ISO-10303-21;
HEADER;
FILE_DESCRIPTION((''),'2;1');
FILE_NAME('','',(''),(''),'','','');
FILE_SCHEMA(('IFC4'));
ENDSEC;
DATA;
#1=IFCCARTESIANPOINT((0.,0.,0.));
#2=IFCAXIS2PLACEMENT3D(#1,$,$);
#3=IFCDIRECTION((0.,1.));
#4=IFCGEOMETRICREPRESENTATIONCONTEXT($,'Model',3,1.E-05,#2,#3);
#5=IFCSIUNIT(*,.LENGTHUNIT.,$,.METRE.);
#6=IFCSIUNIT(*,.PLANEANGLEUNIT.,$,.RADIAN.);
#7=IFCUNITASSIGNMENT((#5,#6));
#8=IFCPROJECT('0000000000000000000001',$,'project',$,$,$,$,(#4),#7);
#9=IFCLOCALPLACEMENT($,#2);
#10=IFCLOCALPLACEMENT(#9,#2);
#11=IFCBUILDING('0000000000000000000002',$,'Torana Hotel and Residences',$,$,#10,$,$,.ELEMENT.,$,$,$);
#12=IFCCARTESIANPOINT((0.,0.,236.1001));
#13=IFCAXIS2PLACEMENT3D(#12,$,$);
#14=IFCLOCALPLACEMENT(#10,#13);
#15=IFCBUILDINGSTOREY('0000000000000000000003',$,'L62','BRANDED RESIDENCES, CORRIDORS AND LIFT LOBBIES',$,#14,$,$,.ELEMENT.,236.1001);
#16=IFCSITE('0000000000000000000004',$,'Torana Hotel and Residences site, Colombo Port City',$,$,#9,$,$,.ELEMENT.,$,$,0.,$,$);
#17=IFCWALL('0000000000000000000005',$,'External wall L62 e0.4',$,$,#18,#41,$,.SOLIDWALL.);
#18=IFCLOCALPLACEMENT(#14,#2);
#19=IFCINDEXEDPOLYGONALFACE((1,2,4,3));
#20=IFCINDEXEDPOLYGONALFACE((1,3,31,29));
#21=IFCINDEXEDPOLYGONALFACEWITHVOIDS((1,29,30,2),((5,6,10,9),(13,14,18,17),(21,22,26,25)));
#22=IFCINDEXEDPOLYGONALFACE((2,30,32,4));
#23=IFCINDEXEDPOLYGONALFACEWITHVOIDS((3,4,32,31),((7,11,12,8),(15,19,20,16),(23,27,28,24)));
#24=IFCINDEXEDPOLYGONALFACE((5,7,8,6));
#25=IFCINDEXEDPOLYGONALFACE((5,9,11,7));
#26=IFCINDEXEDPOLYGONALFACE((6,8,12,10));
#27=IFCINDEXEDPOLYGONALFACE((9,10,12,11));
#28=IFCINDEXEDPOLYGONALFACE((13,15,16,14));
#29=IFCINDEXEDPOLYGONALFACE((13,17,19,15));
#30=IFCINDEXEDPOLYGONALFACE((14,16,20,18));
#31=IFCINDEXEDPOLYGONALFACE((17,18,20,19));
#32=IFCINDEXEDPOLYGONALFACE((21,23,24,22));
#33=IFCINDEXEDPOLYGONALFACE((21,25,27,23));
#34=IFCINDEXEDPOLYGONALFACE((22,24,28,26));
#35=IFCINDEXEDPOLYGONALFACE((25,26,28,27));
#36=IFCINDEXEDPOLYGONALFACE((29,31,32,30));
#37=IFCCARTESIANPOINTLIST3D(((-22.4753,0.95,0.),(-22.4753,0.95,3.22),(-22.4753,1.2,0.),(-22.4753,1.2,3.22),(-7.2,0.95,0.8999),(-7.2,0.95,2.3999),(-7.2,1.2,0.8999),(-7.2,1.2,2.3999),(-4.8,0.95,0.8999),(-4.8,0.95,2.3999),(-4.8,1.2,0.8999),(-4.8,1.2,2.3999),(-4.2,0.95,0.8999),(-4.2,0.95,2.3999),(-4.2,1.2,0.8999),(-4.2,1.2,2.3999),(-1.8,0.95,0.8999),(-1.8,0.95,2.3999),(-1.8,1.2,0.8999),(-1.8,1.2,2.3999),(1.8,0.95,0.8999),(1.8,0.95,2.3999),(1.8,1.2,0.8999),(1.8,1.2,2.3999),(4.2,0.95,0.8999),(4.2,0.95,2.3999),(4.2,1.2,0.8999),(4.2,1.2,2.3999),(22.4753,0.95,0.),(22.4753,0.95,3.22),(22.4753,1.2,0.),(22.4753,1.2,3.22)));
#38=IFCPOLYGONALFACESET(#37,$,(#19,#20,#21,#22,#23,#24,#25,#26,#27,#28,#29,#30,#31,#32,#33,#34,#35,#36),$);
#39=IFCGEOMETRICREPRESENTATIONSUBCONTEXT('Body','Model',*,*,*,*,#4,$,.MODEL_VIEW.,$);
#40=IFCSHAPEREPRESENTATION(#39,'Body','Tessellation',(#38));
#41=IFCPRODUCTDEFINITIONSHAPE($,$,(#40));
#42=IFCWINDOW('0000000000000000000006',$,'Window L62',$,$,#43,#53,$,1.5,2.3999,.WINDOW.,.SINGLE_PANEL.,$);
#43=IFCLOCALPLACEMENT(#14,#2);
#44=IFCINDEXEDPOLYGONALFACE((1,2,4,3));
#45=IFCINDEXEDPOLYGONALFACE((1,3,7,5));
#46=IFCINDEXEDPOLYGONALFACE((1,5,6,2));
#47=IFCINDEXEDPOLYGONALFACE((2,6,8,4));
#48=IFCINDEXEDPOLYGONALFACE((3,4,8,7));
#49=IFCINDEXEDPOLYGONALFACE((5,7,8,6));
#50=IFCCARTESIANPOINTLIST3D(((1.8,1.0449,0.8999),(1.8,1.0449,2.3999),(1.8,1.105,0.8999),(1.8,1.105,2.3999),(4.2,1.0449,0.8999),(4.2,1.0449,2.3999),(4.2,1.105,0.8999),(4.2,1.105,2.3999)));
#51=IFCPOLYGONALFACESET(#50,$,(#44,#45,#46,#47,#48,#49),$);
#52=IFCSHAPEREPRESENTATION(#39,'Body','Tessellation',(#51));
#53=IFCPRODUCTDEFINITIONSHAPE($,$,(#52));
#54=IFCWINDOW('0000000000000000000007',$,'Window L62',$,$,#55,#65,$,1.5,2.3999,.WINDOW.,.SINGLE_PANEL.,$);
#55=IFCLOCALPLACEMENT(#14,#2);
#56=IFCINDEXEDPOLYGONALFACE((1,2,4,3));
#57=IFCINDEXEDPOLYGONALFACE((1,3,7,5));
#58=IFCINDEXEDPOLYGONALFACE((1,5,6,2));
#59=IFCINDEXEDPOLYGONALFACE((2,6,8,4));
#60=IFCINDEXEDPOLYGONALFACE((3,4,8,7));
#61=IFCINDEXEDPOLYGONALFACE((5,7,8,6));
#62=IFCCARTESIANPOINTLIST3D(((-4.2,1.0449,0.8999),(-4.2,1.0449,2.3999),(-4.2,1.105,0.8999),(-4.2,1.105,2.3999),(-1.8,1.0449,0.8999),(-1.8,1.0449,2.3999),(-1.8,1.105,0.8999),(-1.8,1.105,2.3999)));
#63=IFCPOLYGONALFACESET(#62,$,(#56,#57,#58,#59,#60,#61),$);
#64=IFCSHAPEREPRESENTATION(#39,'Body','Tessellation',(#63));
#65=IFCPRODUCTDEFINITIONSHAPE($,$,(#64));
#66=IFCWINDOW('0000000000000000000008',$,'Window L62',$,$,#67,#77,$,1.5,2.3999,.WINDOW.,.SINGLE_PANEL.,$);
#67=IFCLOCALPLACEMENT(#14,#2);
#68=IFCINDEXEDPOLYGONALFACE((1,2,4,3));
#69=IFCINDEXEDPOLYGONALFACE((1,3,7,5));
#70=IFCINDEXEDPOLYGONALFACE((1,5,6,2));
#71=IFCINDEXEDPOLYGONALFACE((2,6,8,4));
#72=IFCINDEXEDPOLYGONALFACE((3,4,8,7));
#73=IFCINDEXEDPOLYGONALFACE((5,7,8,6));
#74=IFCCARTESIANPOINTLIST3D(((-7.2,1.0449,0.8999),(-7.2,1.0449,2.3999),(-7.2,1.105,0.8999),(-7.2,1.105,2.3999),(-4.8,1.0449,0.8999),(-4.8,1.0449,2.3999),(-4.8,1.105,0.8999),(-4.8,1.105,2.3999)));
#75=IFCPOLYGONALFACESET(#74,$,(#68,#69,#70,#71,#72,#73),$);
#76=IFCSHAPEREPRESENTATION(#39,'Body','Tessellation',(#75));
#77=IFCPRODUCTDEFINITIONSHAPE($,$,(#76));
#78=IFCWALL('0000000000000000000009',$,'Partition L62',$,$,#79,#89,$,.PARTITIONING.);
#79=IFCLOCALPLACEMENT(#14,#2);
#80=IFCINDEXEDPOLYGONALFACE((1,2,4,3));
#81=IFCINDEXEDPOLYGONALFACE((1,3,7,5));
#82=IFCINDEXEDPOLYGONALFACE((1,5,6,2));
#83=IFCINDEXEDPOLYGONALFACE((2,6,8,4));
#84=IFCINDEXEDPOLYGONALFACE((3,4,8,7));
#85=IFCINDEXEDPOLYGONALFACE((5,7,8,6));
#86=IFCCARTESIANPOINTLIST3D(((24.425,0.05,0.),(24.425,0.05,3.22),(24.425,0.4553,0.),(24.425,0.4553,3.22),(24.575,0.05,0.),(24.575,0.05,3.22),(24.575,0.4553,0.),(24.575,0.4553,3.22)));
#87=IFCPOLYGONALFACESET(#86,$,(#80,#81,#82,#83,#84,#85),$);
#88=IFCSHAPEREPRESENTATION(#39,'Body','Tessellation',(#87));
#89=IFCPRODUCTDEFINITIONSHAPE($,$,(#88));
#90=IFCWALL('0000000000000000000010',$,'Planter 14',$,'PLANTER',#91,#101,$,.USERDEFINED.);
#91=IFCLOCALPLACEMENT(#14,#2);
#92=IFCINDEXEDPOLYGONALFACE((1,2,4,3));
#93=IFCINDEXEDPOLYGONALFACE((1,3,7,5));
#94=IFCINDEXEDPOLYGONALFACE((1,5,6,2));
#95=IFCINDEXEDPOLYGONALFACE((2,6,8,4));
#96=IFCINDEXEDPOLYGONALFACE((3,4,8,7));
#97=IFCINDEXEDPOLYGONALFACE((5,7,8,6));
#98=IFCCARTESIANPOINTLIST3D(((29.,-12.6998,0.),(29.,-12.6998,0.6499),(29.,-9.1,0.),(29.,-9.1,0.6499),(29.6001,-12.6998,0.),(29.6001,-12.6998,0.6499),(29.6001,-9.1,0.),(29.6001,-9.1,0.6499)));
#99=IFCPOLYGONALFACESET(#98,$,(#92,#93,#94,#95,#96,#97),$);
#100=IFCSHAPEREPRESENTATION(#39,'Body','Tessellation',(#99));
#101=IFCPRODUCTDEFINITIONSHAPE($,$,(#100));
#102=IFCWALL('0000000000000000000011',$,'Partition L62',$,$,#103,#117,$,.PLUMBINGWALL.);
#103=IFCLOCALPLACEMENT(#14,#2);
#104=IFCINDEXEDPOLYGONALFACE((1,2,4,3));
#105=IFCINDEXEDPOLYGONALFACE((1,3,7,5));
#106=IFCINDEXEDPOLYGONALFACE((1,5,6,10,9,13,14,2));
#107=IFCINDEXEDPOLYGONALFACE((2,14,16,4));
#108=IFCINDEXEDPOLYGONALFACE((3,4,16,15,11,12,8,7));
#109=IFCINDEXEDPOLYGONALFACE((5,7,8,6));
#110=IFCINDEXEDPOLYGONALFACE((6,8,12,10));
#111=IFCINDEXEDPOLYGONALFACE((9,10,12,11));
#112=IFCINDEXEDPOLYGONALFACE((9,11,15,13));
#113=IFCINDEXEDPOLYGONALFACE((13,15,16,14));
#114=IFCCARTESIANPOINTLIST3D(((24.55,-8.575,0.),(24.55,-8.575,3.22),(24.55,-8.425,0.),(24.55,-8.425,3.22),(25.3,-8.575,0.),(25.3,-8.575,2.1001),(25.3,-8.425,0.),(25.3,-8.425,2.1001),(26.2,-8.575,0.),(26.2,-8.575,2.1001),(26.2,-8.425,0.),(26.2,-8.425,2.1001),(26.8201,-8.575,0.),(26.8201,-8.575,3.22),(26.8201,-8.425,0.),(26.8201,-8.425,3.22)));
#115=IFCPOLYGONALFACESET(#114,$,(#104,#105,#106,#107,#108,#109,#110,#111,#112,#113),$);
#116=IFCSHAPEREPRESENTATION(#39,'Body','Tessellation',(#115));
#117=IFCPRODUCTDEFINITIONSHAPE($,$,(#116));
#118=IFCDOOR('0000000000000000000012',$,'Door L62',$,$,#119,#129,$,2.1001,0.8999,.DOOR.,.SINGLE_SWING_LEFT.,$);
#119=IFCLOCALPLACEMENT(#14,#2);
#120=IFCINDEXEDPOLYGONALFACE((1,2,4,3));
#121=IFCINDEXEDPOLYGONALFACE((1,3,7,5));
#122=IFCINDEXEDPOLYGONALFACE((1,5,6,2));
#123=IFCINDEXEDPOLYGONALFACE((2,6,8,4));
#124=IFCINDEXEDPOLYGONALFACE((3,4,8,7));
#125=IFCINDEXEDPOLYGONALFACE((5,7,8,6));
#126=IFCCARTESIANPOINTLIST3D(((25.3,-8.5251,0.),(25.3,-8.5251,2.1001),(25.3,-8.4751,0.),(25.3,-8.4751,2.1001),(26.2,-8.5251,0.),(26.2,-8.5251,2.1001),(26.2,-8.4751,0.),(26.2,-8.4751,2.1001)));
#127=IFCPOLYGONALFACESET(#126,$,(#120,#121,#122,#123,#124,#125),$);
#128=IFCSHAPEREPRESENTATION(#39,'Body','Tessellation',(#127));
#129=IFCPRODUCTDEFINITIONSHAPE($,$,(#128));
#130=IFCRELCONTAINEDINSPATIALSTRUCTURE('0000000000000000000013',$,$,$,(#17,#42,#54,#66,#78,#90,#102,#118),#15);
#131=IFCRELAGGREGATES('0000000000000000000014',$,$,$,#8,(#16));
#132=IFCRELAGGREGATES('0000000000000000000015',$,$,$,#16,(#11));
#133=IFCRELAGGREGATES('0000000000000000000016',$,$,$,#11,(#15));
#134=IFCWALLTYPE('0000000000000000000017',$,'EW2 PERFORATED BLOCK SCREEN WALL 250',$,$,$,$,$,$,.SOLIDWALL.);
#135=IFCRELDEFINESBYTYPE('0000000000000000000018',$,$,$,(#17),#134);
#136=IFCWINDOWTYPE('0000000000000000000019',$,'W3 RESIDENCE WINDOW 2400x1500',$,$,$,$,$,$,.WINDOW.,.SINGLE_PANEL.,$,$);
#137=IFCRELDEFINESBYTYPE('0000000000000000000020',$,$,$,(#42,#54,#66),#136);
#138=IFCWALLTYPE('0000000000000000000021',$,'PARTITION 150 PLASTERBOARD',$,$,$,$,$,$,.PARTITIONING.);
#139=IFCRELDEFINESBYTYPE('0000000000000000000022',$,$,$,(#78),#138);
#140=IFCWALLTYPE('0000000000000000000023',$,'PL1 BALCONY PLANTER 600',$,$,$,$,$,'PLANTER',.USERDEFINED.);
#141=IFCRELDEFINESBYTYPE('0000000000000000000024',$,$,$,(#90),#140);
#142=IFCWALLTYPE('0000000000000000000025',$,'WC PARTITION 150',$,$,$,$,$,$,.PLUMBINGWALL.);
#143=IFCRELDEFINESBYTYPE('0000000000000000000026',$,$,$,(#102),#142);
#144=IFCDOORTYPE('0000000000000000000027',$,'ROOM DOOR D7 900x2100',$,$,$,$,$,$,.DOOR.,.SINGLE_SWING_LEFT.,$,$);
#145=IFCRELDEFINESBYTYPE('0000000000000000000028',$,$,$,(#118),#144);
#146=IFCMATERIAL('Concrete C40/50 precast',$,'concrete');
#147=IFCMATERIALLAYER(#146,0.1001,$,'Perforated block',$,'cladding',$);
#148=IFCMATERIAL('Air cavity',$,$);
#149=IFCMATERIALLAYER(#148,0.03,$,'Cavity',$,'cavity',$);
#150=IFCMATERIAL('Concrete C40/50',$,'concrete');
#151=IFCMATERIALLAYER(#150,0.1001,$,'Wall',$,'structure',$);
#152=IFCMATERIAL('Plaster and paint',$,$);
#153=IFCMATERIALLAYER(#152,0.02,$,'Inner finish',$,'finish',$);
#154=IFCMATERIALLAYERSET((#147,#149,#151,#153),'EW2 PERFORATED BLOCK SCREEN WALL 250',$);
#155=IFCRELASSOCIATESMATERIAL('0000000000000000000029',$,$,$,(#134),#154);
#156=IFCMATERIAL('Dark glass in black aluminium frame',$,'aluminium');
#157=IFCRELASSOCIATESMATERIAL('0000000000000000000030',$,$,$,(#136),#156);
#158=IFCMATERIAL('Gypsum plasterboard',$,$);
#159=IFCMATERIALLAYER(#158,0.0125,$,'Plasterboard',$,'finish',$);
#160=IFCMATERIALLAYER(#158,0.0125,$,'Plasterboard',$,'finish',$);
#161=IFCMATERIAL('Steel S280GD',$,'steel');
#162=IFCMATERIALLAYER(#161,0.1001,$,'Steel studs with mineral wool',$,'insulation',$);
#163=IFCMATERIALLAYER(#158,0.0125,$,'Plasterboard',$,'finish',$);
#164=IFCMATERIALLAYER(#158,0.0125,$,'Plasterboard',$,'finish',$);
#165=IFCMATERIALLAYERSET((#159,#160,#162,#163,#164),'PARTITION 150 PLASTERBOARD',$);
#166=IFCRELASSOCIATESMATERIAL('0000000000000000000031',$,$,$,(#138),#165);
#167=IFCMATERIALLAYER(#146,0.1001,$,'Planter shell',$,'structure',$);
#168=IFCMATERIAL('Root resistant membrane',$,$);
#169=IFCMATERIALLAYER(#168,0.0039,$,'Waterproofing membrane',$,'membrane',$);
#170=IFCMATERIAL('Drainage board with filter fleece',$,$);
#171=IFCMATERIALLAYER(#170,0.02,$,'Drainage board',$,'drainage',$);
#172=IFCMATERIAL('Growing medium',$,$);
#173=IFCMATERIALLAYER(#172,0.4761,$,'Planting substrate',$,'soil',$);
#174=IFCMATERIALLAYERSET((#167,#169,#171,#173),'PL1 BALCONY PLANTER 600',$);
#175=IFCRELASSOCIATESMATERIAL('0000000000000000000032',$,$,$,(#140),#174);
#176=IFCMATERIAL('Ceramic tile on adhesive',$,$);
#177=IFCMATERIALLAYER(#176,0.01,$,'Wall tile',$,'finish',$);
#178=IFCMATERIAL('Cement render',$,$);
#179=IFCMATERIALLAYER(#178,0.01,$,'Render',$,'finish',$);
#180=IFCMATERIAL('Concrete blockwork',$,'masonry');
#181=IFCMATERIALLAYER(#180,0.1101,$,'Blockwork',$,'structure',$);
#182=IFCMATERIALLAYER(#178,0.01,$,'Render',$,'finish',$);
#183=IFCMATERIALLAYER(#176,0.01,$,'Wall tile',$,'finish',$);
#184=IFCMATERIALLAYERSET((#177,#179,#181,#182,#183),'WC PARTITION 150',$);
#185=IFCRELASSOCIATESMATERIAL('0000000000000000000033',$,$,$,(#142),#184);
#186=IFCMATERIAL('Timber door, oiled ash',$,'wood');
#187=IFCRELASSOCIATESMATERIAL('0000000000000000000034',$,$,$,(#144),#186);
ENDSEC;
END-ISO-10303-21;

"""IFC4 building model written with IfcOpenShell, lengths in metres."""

from ifc_helpers import new_model, si_unit, direction, frame, frame_2d, origin, place, context, subcontext, project, spatial, rectangle, extrude, material, layer, layer_set, type_object, element, fill, save


model = new_model("IFC4")

# Units and contexts
model_context = context("Model", 3, precision=1e-05, world=origin(), true_north=direction((0.0, 1.0)))
body_context = subcontext(model_context, "Body", "Model", "MODEL_VIEW")
ifc_project = project(units=[si_unit("LENGTHUNIT", "METRE"), si_unit("PLANEANGLEUNIT", "RADIAN")], contexts=[model_context])

# Site, building, storey
site_placement = place(None, origin())
site = spatial("IfcSite", under=ifc_project, at=site_placement, Name="Torana Hotel and Residences site, Colombo Port City", CompositionType="ELEMENT", RefElevation=0.0)
building_placement = place(site_placement, origin())
building = spatial("IfcBuilding", under=site, at=building_placement, Name="Torana Hotel and Residences", CompositionType="ELEMENT")
storey_placement = place(building_placement, frame((0.0, 0.0, 236.1001)))
storey = spatial("IfcBuildingStorey", under=building, at=storey_placement, Name="L62", Description="BRANDED RESIDENCES, CORRIDORS AND LIFT LOBBIES", CompositionType="ELEMENT", Elevation=236.1001)

# Shared definitions
ifc_material_1 = material(Name="Steel S280GD", Category="steel")

# Wall, openings, windows
ifc_material_2 = material(Name="Concrete C40/50 precast", Category="concrete")
ifc_layer_1 = layer(ifc_material_2, 0.1001, Name="Perforated block", Category="cladding")
ifc_material_3 = material(Name="Air cavity")
ifc_layer_2 = layer(ifc_material_3, 0.03, Name="Cavity", Category="cavity")
ifc_material_4 = material(Name="Concrete C40/50", Category="concrete")
ifc_layer_3 = layer(ifc_material_4, 0.1001, Name="Wall", Category="structure")
ifc_material_5 = material(Name="Plaster and paint")
ifc_layer_4 = layer(ifc_material_5, 0.02, Name="Inner finish", Category="finish")
ifc_layer_set_1 = layer_set([ifc_layer_1, ifc_layer_2, ifc_layer_3, ifc_layer_4], Name="EW2 PERFORATED BLOCK SCREEN WALL 250")
wall_type_1 = type_object("IfcWallType", Name="EW2 PERFORATED BLOCK SCREEN WALL 250", PredefinedType="SOLIDWALL", material=ifc_layer_set_1)
wall_1_placement = place(storey_placement, frame((22.4753, 1.075, 0.0), z_axis=(0.0, 0.0, 1.0), x_axis=(-1.0, 0.0, 0.0)))
wall_1 = element("IfcWall", 1, at=wall_1_placement, inside=storey, type_object=wall_type_1, Name="External wall L62 e0.4", PredefinedType="SOLIDWALL", context=body_context, shape_type="SweptSolid", body=[
    extrude(rectangle(XDim=44.9507, YDim=0.25, at=frame_2d((22.4753, 0.0))), origin(), (0.0, 0.0, 1.0), 3.22),
])
opening_1_placement = place(wall_1_placement, frame((18.2754, 0.0, 0.8999)))
opening_1 = element("IfcOpeningElement", 2, at=opening_1_placement, cuts=wall_1, PredefinedType="OPENING", context=body_context, shape_type="SweptSolid", body=[
    extrude(rectangle(XDim=2.3999, YDim=1.5, at=frame_2d((1.2, 0.75))), frame((0.0, 0.135, 0.0), z_axis=(0.0, -1.0, 0.0), x_axis=(1.0, 0.0, 0.0)), (0.0, 0.0, 1.0), 0.27),
])
opening_2_placement = place(wall_1_placement, frame((24.2754, 0.0, 0.8999)))
opening_2 = element("IfcOpeningElement", 3, at=opening_2_placement, cuts=wall_1, PredefinedType="OPENING", context=body_context, shape_type="SweptSolid", body=[
    extrude(rectangle(XDim=2.3999, YDim=1.5, at=frame_2d((1.2, 0.75))), frame((0.0, 0.135, 0.0), z_axis=(0.0, -1.0, 0.0), x_axis=(1.0, 0.0, 0.0)), (0.0, 0.0, 1.0), 0.27),
])
opening_3_placement = place(wall_1_placement, frame((27.2754, 0.0, 0.8999)))
opening_3 = element("IfcOpeningElement", 4, at=opening_3_placement, cuts=wall_1, PredefinedType="OPENING", context=body_context, shape_type="SweptSolid", body=[
    extrude(rectangle(XDim=2.3999, YDim=1.5, at=frame_2d((1.2, 0.75))), frame((0.0, 0.135, 0.0), z_axis=(0.0, -1.0, 0.0), x_axis=(1.0, 0.0, 0.0)), (0.0, 0.0, 1.0), 0.27),
])
ifc_material_6 = material(Name="Dark glass in black aluminium frame", Category="aluminium")
window_type = type_object("IfcWindowType", Name="W3 RESIDENCE WINDOW 2400x1500", PartitioningType="SINGLE_PANEL", PredefinedType="WINDOW", material=ifc_material_6)
window_1_placement = place(opening_1_placement, origin())
window_1 = element("IfcWindow", 5, at=window_1_placement, inside=storey, type_object=window_type, Name="Window L62", OverallHeight=1.5, OverallWidth=2.3999, PartitioningType="SINGLE_PANEL", PredefinedType="WINDOW", context=body_context, shape_type="SweptSolid", body=[
    extrude(rectangle(XDim=2.3999, YDim=1.5, at=frame_2d((1.2, 0.75))), frame((0.0, 0.03, 0.0), z_axis=(0.0, -1.0, 0.0), x_axis=(1.0, 0.0, 0.0)), (0.0, 0.0, 1.0), 0.0601),
])
fill(opening_1, window_1)
window_2_placement = place(opening_2_placement, origin())
window_2 = element("IfcWindow", 6, at=window_2_placement, inside=storey, type_object=window_type, Name="Window L62", OverallHeight=1.5, OverallWidth=2.3999, PartitioningType="SINGLE_PANEL", PredefinedType="WINDOW", context=body_context, shape_type="SweptSolid", body=[
    extrude(rectangle(XDim=2.3999, YDim=1.5, at=frame_2d((1.2, 0.75))), frame((0.0, 0.03, 0.0), z_axis=(0.0, -1.0, 0.0), x_axis=(1.0, 0.0, 0.0)), (0.0, 0.0, 1.0), 0.0601),
])
fill(opening_2, window_2)
window_3_placement = place(opening_3_placement, origin())
window_3 = element("IfcWindow", 7, at=window_3_placement, inside=storey, type_object=window_type, Name="Window L62", OverallHeight=1.5, OverallWidth=2.3999, PartitioningType="SINGLE_PANEL", PredefinedType="WINDOW", context=body_context, shape_type="SweptSolid", body=[
    extrude(rectangle(XDim=2.3999, YDim=1.5, at=frame_2d((1.2, 0.75))), frame((0.0, 0.03, 0.0), z_axis=(0.0, -1.0, 0.0), x_axis=(1.0, 0.0, 0.0)), (0.0, 0.0, 1.0), 0.0601),
])
fill(opening_3, window_3)

# Walls
ifc_material_7 = material(Name="Gypsum plasterboard")
ifc_layer_5 = layer(ifc_material_7, 0.0125, Name="Plasterboard", Category="finish")
ifc_layer_6 = layer(ifc_material_7, 0.0125, Name="Plasterboard", Category="finish")
ifc_layer_7 = layer(ifc_material_1, 0.1001, Name="Steel studs with mineral wool", Category="insulation")
ifc_layer_8 = layer(ifc_material_7, 0.0125, Name="Plasterboard", Category="finish")
ifc_layer_9 = layer(ifc_material_7, 0.0125, Name="Plasterboard", Category="finish")
ifc_layer_set_2 = layer_set([ifc_layer_5, ifc_layer_6, ifc_layer_7, ifc_layer_8, ifc_layer_9], Name="PARTITION 150 PLASTERBOARD")
wall_type_2 = type_object("IfcWallType", Name="PARTITION 150 PLASTERBOARD", PredefinedType="PARTITIONING", material=ifc_layer_set_2)
wall_2_placement = place(storey_placement, frame((24.5, 0.05, 0.0), z_axis=(0.0, 0.0, 1.0), x_axis=(0.0, 1.0, 0.0)))
element("IfcWall", 8, at=wall_2_placement, inside=storey, type_object=wall_type_2, Name="Partition L62", PredefinedType="PARTITIONING", context=body_context, shape_type="SweptSolid", body=[
    extrude(rectangle(XDim=0.4053, YDim=0.1499, at=frame_2d((0.2026, 0.0))), origin(), (0.0, 0.0, 1.0), 3.22),
])
ifc_layer_10 = layer(ifc_material_2, 0.1001, Name="Planter shell", Category="structure")
ifc_material_8 = material(Name="Root resistant membrane")
ifc_layer_11 = layer(ifc_material_8, 0.0039, Name="Waterproofing membrane", Category="membrane")
ifc_material_9 = material(Name="Drainage board with filter fleece")
ifc_layer_12 = layer(ifc_material_9, 0.02, Name="Drainage board", Category="drainage")
ifc_material_10 = material(Name="Growing medium")
ifc_layer_13 = layer(ifc_material_10, 0.4761, Name="Planting substrate", Category="soil")
ifc_layer_set_3 = layer_set([ifc_layer_10, ifc_layer_11, ifc_layer_12, ifc_layer_13], Name="PL1 BALCONY PLANTER 600")
wall_type_3 = type_object("IfcWallType", Name="PL1 BALCONY PLANTER 600", ElementType="PLANTER", PredefinedType="USERDEFINED", material=ifc_layer_set_3)
wall_3_placement = place(storey_placement, frame((29.3, -9.1001, 0.0), z_axis=(0.0, 0.0, 1.0), x_axis=(0.0, -1.0, 0.0)))
element("IfcWall", 9, at=wall_3_placement, inside=storey, type_object=wall_type_3, Name="Planter 14", ObjectType="PLANTER", PredefinedType="USERDEFINED", context=body_context, shape_type="SweptSolid", body=[
    extrude(rectangle(XDim=3.5999, YDim=0.6001, at=frame_2d((1.7998, 0.0))), origin(), (0.0, 0.0, 1.0), 0.6499),
])

# Wall, opening, door
ifc_material_11 = material(Name="Ceramic tile on adhesive")
ifc_layer_14 = layer(ifc_material_11, 0.01, Name="Wall tile", Category="finish")
ifc_material_12 = material(Name="Cement render")
ifc_layer_15 = layer(ifc_material_12, 0.01, Name="Render", Category="finish")
ifc_material_13 = material(Name="Concrete blockwork", Category="masonry")
ifc_layer_16 = layer(ifc_material_13, 0.1101, Name="Blockwork", Category="structure")
ifc_layer_17 = layer(ifc_material_12, 0.01, Name="Render", Category="finish")
ifc_layer_18 = layer(ifc_material_11, 0.01, Name="Wall tile", Category="finish")
ifc_layer_set_4 = layer_set([ifc_layer_14, ifc_layer_15, ifc_layer_16, ifc_layer_17, ifc_layer_18], Name="WC PARTITION 150")
wall_type_4 = type_object("IfcWallType", Name="WC PARTITION 150", PredefinedType="PLUMBINGWALL", material=ifc_layer_set_4)
wall_4_placement = place(storey_placement, frame((24.55, -8.5, 0.0), z_axis=(0.0, 0.0, 1.0), x_axis=(1.0, 0.0, 0.0)))
wall_4 = element("IfcWall", 10, at=wall_4_placement, inside=storey, type_object=wall_type_4, Name="Partition L62", PredefinedType="PLUMBINGWALL", context=body_context, shape_type="SweptSolid", body=[
    extrude(rectangle(XDim=2.27, YDim=0.1499, at=frame_2d((1.135, 0.0))), origin(), (0.0, 0.0, 1.0), 3.22),
])
opening_4_placement = place(wall_4_placement, frame((0.75, 0.0, 0.0)))
opening_4 = element("IfcOpeningElement", 11, at=opening_4_placement, cuts=wall_4, PredefinedType="OPENING", context=body_context, shape_type="SweptSolid", body=[
    extrude(rectangle(XDim=0.8999, YDim=2.1001, at=frame_2d((0.45, 1.05))), frame((0.0, 0.085, 0.0), z_axis=(0.0, -1.0, 0.0), x_axis=(1.0, 0.0, 0.0)), (0.0, 0.0, 1.0), 0.1699),
])
ifc_material_14 = material(Name="Timber door, oiled ash", Category="wood")
door_type = type_object("IfcDoorType", Name="ROOM DOOR D7 900x2100", OperationType="SINGLE_SWING_LEFT", PredefinedType="DOOR", material=ifc_material_14)
door_placement = place(opening_4_placement, origin())
door = element("IfcDoor", 12, at=door_placement, inside=storey, type_object=door_type, Name="Door L62", OperationType="SINGLE_SWING_LEFT", OverallHeight=2.1001, OverallWidth=0.8999, PredefinedType="DOOR", context=body_context, shape_type="SweptSolid", body=[
    extrude(rectangle(XDim=0.8999, YDim=2.1001, at=frame_2d((0.45, 1.05))), frame((0.0, 0.0249, 0.0), z_axis=(0.0, -1.0, 0.0), x_axis=(1.0, 0.0, 0.0)), (0.0, 0.0, 1.0), 0.05),
])
fill(opening_4, door)

save(model, "model.ifc")
